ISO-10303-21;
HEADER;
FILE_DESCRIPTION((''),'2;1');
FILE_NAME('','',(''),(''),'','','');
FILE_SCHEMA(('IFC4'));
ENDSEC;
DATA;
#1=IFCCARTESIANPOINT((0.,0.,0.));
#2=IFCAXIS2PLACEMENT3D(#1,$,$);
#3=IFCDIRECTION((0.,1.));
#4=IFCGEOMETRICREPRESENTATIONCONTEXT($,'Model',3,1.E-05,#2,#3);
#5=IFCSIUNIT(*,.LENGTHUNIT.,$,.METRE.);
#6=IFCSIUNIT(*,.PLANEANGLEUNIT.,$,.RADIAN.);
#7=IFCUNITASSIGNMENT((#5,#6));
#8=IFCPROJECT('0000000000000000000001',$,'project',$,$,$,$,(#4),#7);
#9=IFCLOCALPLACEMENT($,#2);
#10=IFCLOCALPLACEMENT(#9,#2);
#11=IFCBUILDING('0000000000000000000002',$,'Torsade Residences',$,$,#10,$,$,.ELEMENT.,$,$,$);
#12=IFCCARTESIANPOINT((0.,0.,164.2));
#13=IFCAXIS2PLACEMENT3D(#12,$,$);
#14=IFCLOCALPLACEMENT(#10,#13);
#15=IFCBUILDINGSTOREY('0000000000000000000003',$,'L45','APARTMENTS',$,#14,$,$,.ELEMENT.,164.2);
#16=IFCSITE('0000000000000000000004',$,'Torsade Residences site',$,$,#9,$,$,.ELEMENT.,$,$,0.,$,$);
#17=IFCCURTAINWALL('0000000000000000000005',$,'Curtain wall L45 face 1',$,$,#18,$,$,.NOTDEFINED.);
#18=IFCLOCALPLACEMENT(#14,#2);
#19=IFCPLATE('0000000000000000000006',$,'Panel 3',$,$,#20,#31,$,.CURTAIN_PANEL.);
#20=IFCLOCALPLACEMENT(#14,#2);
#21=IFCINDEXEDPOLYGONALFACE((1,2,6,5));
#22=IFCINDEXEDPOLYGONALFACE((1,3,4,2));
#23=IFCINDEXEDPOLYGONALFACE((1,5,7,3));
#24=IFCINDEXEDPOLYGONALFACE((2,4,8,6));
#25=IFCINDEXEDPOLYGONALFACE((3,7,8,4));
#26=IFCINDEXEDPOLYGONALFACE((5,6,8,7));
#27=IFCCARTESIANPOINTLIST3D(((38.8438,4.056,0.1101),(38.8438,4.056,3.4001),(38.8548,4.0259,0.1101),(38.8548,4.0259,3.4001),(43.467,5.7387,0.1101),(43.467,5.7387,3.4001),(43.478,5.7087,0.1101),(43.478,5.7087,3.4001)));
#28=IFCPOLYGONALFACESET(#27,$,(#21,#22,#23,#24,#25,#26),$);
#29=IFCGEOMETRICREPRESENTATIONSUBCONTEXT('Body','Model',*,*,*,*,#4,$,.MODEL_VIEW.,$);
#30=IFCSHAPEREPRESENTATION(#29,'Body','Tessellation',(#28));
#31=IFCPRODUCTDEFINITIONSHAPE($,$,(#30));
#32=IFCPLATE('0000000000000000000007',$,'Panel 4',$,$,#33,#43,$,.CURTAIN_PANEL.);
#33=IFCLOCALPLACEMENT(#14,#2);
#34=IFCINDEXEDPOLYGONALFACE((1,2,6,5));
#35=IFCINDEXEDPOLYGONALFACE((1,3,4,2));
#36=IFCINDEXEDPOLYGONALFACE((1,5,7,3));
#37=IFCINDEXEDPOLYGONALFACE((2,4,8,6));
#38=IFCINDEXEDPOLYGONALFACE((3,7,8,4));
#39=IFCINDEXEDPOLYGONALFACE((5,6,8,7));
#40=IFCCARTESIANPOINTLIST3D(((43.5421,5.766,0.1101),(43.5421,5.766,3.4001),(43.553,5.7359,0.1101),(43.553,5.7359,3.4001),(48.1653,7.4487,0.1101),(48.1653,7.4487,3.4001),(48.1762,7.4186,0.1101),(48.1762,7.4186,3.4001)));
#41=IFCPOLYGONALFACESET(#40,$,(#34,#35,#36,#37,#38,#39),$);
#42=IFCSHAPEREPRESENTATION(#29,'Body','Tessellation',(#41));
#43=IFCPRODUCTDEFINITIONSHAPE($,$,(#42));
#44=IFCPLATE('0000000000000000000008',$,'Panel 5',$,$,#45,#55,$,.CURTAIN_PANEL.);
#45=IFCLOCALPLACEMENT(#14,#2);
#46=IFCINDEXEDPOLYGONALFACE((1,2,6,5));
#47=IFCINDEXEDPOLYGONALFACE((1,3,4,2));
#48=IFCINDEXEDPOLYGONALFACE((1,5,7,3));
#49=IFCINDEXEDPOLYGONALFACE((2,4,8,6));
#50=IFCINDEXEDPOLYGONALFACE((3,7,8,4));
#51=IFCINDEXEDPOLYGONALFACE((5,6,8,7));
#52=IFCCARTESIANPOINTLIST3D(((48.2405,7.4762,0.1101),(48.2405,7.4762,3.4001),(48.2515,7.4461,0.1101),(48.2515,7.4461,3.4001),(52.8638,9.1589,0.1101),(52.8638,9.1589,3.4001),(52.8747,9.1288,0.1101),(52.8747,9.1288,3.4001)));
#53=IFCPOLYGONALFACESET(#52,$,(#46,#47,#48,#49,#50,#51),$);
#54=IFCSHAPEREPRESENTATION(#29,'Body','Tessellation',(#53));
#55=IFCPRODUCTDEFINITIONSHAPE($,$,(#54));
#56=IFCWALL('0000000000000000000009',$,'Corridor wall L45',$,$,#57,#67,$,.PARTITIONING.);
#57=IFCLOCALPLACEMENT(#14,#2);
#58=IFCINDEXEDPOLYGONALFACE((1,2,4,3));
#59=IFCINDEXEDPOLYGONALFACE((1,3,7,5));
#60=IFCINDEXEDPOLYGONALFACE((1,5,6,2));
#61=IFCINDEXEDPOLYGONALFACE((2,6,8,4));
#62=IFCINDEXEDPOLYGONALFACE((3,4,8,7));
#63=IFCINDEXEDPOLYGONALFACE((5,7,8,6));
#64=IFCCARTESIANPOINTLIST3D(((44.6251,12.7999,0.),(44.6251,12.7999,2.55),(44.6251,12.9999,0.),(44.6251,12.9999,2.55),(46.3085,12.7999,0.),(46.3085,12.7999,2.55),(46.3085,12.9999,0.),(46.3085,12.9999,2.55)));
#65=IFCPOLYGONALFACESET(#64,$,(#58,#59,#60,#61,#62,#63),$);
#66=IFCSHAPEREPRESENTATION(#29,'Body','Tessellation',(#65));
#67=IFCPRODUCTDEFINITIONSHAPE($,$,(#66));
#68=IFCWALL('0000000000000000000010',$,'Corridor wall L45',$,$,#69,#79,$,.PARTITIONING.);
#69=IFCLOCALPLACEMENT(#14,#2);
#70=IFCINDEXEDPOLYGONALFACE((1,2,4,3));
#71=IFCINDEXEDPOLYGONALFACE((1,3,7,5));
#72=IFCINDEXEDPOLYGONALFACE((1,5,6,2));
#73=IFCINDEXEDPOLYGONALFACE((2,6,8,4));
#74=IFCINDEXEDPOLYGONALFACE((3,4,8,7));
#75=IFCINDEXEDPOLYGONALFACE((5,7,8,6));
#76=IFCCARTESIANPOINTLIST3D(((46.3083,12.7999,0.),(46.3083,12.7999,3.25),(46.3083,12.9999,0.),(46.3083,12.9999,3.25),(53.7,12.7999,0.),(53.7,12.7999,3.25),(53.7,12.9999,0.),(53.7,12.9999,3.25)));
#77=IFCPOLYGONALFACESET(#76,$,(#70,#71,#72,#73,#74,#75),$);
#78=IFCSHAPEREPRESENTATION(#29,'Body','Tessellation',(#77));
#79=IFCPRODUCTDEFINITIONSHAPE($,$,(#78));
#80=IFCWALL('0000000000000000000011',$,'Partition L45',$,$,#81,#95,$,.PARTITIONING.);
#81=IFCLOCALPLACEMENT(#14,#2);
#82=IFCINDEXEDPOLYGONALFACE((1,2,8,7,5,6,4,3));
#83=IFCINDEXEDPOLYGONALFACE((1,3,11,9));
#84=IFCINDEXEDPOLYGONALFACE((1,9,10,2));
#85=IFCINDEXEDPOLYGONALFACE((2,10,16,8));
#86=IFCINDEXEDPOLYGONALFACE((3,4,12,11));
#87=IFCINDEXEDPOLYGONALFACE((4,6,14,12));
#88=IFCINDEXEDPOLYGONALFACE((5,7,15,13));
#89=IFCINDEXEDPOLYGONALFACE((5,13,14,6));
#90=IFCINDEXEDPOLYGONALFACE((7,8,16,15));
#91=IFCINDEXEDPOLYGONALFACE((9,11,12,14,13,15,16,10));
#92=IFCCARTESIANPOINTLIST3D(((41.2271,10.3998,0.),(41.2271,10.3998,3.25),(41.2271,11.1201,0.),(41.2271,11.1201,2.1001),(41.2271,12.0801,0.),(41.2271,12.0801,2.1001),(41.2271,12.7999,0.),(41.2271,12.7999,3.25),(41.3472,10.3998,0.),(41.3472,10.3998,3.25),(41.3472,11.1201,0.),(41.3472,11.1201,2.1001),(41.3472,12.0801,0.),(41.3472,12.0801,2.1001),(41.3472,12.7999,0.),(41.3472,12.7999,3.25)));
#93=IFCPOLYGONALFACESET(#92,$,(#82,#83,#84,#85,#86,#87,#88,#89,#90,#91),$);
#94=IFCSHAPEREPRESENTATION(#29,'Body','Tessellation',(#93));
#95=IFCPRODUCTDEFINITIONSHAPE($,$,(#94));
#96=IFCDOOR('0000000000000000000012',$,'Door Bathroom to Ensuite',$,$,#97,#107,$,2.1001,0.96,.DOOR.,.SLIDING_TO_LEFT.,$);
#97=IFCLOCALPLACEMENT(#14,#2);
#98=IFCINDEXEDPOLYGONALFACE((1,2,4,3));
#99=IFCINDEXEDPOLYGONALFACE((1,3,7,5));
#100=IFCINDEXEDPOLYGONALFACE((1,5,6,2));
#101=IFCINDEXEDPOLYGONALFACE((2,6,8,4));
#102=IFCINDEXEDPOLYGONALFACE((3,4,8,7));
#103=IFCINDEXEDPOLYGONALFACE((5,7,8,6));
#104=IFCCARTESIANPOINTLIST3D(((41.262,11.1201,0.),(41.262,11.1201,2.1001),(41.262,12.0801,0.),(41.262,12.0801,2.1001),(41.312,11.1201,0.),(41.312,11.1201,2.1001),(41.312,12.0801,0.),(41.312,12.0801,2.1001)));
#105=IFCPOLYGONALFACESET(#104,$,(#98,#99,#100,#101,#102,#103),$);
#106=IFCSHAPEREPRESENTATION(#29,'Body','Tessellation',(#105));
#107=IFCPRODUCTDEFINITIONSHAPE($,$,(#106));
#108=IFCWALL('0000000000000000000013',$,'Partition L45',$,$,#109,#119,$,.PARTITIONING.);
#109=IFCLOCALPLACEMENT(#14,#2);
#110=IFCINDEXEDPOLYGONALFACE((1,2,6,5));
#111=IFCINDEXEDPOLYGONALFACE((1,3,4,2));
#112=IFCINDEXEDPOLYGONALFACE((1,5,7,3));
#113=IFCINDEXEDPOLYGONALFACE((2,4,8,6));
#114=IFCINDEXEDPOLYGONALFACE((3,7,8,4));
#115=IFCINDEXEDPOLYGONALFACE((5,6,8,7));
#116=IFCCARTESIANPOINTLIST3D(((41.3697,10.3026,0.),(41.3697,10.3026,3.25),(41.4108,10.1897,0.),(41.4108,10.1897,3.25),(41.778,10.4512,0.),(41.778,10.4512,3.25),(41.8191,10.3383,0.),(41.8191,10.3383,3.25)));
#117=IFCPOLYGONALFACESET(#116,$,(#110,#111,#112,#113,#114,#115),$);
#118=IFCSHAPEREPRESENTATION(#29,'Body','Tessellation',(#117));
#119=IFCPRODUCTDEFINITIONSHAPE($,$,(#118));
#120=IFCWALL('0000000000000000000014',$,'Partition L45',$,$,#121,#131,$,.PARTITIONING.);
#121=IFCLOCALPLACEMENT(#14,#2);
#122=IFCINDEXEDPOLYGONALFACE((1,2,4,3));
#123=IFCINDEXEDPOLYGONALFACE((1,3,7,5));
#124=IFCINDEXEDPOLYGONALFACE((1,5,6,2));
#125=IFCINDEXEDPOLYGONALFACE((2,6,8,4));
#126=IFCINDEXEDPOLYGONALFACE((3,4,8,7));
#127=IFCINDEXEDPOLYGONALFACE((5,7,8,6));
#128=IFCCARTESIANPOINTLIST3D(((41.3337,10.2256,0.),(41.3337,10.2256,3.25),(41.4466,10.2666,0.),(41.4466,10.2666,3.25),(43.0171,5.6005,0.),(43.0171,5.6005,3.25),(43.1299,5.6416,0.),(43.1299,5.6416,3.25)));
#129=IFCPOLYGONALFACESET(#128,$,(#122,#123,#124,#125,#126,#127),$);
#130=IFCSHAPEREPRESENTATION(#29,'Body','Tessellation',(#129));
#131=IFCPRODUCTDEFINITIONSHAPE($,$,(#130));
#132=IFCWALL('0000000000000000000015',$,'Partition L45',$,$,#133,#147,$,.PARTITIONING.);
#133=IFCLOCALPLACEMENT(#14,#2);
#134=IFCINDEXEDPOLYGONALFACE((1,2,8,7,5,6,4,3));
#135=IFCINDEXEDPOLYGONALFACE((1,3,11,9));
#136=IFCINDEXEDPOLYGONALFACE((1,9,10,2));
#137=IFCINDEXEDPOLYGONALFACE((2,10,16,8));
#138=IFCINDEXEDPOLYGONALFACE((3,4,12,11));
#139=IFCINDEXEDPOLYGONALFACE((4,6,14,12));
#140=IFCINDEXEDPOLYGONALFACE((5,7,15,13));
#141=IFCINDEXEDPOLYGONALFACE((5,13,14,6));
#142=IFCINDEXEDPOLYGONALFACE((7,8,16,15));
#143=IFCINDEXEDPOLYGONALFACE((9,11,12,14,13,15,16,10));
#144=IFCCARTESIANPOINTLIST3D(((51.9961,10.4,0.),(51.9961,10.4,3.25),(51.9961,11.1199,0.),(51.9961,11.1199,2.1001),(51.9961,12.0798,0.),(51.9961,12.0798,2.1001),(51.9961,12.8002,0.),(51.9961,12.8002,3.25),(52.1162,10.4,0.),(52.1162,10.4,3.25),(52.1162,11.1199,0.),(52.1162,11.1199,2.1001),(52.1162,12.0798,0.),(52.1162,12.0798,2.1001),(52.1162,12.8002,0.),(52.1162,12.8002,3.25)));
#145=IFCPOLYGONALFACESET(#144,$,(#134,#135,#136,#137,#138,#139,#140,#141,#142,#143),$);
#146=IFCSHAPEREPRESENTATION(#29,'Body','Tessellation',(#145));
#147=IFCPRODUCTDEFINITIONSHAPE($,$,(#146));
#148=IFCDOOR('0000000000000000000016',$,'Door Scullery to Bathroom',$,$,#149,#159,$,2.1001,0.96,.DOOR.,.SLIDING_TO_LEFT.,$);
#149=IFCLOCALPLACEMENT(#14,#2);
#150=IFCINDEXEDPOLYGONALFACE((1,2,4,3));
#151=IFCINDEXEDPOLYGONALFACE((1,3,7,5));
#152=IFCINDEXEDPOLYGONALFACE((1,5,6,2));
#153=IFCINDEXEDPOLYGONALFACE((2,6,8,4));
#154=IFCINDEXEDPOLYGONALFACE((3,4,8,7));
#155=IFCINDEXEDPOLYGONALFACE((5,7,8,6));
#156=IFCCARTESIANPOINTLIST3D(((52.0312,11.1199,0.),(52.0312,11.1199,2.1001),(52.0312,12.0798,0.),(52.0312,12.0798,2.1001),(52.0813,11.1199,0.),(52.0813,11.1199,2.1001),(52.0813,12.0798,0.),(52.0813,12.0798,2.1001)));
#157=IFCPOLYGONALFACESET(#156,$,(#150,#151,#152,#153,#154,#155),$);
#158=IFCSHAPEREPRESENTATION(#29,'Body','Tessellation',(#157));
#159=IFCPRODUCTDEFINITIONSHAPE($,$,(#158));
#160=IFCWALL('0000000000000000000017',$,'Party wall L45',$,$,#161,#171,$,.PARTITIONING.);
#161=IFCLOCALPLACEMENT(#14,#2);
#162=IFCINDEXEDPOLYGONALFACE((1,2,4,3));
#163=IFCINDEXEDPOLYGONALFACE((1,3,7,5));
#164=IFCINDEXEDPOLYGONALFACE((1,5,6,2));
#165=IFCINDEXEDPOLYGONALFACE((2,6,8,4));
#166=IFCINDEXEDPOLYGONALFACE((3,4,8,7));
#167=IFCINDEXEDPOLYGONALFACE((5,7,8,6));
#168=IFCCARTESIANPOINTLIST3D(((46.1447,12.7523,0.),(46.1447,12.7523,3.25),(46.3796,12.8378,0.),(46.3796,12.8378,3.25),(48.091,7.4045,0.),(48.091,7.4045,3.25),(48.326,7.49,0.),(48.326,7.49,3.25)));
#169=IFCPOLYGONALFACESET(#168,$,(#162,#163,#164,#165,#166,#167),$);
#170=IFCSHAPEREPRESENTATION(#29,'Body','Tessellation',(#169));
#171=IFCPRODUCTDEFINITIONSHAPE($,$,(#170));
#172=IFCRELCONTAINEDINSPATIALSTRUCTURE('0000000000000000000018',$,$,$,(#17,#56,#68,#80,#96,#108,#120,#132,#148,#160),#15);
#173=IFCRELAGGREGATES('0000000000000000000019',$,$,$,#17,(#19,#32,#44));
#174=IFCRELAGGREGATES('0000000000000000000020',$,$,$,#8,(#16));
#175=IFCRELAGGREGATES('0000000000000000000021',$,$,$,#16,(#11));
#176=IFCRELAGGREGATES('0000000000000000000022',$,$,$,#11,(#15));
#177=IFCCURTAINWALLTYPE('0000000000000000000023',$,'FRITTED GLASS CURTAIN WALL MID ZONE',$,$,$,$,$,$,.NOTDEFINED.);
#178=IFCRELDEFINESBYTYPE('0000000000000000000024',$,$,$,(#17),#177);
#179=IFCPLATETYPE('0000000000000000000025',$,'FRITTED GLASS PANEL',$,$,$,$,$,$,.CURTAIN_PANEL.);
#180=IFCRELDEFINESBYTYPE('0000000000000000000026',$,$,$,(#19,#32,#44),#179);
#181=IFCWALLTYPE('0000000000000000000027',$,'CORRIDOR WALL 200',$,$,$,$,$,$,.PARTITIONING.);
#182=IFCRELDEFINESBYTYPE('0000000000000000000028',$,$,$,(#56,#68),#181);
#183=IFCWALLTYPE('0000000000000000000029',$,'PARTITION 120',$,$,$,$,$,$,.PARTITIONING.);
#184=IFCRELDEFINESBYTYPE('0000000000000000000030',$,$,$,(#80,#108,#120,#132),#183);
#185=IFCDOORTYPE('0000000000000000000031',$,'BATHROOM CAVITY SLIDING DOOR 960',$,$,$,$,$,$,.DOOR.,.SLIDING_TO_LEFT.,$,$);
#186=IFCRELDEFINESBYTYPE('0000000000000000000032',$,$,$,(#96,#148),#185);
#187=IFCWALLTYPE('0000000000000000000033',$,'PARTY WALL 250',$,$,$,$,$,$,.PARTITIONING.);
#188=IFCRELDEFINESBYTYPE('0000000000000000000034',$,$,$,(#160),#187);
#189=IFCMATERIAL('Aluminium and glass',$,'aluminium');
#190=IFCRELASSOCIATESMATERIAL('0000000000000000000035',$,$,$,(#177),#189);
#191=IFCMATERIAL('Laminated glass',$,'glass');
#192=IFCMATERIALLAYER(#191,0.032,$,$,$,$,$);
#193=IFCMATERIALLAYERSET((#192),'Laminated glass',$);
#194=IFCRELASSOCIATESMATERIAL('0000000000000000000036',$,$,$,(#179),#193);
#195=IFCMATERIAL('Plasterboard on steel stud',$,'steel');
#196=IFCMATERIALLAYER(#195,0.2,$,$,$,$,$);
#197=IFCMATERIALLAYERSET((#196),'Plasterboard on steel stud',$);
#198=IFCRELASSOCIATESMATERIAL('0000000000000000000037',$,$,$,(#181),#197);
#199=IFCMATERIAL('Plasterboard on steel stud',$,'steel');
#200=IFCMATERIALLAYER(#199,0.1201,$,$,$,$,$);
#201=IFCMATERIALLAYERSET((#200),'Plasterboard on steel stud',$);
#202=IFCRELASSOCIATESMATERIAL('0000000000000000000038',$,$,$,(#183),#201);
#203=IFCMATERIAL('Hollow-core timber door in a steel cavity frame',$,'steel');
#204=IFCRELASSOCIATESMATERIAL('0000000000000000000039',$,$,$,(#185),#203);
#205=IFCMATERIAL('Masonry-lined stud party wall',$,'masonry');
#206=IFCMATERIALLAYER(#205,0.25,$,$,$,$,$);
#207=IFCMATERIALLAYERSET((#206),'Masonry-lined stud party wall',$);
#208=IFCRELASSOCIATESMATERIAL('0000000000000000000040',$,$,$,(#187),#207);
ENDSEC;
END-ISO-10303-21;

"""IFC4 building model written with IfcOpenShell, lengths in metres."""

from ifc_helpers import new_model, si_unit, direction, frame, frame_2d, origin, origin_2d, place, context, subcontext, project, spatial, rectangle, extrude, material, layer, layer_set, type_object, element, fill, aggregate, save


model = new_model("IFC4")

# Units and contexts
model_context = context("Model", 3, precision=1e-05, world=origin(), true_north=direction((0.0, 1.0)))
body_context = subcontext(model_context, "Body", "Model", "MODEL_VIEW")
ifc_project = project(units=[si_unit("LENGTHUNIT", "METRE"), si_unit("PLANEANGLEUNIT", "RADIAN")], contexts=[model_context])

# Site, building, storey
site_placement = place(None, origin())
site = spatial("IfcSite", under=ifc_project, at=site_placement, Name="Torsade Residences site", CompositionType="ELEMENT", RefElevation=0.0)
building_placement = place(site_placement, origin())
building = spatial("IfcBuilding", under=site, at=building_placement, Name="Torsade Residences", CompositionType="ELEMENT")
storey_placement = place(building_placement, frame((0.0, 0.0, 164.2)))
storey = spatial("IfcBuildingStorey", under=building, at=storey_placement, Name="L45", Description="APARTMENTS", CompositionType="ELEMENT", Elevation=164.2)

# Curtain wall
ifc_material_1 = material(Name="Aluminium and glass", Category="aluminium")
curtain_wall_type = type_object("IfcCurtainWallType", Name="FRITTED GLASS CURTAIN WALL MID ZONE", PredefinedType="NOTDEFINED", material=ifc_material_1)
curtain_wall_placement = place(storey_placement, origin())
curtain_wall = element("IfcCurtainWall", 1, at=curtain_wall_placement, inside=storey, type_object=curtain_wall_type, Name="Curtain wall L45 face 1", PredefinedType="NOTDEFINED")

# Plates
ifc_material_2 = material(Name="Laminated glass", Category="glass")
ifc_layer_1 = layer(ifc_material_2, 0.032)
ifc_layer_set_1 = layer_set([ifc_layer_1], Name="Laminated glass")
plate_type = type_object("IfcPlateType", Name="FRITTED GLASS PANEL", PredefinedType="CURTAIN_PANEL", material=ifc_layer_set_1)
plate_1_placement = place(storey_placement, frame((41.1609, 4.8823, 0.1101), z_axis=(0.0, 0.0, 1.0), x_axis=(0.939693, 0.34202, 0.0)))
plate_1 = element("IfcPlate", 2, at=plate_1_placement, type_object=plate_type, Name="Panel 3", PredefinedType="CURTAIN_PANEL", context=body_context, shape_type="SweptSolid", body=[
    extrude(rectangle(XDim=4.9199, YDim=0.032, at=origin_2d()), origin(), (0.0, 0.0, 1.0), 3.29),
])
plate_2_placement = place(storey_placement, frame((45.8591, 6.5923, 0.1101), z_axis=(0.0, 0.0, 1.0), x_axis=(0.939693, 0.34202, 0.0)))
plate_2 = element("IfcPlate", 3, at=plate_2_placement, type_object=plate_type, Name="Panel 4", PredefinedType="CURTAIN_PANEL", context=body_context, shape_type="SweptSolid", body=[
    extrude(rectangle(XDim=4.9199, YDim=0.032, at=origin_2d()), origin(), (0.0, 0.0, 1.0), 3.29),
])
plate_3_placement = place(storey_placement, frame((50.5576, 8.3025, 0.1101), z_axis=(0.0, 0.0, 1.0), x_axis=(0.939693, 0.34202, 0.0)))
plate_3 = element("IfcPlate", 4, at=plate_3_placement, type_object=plate_type, Name="Panel 5", PredefinedType="CURTAIN_PANEL", context=body_context, shape_type="SweptSolid", body=[
    extrude(rectangle(XDim=4.9199, YDim=0.032, at=origin_2d()), origin(), (0.0, 0.0, 1.0), 3.29),
])
aggregate(curtain_wall, [plate_1, plate_2, plate_3])

# Walls
ifc_material_3 = material(Name="Plasterboard on steel stud", Category="steel")
ifc_layer_2 = layer(ifc_material_3, 0.2)
ifc_layer_set_2 = layer_set([ifc_layer_2], Name="Plasterboard on steel stud")
wall_type_1 = type_object("IfcWallType", Name="CORRIDOR WALL 200", PredefinedType="PARTITIONING", material=ifc_layer_set_2)
wall_1_placement = place(storey_placement, frame((44.625, 12.8999, 0.0), z_axis=(0.0, 0.0, 1.0), x_axis=(1.0, 0.0, 0.0)))
element("IfcWall", 5, at=wall_1_placement, inside=storey, type_object=wall_type_1, Name="Corridor wall L45", PredefinedType="PARTITIONING", context=body_context, shape_type="SweptSolid", body=[
    extrude(rectangle(XDim=1.6833, YDim=0.2, at=frame_2d((0.8418, 0.0))), origin(), (0.0, 0.0, 1.0), 2.55),
])
wall_2_placement = place(storey_placement, frame((46.3083, 12.8999, 0.0), z_axis=(0.0, 0.0, 1.0), x_axis=(1.0, 0.0, 0.0)))
element("IfcWall", 6, at=wall_2_placement, inside=storey, type_object=wall_type_1, Name="Corridor wall L45", PredefinedType="PARTITIONING", context=body_context, shape_type="SweptSolid", body=[
    extrude(rectangle(XDim=7.3916, YDim=0.2, at=frame_2d((3.6958, 0.0))), origin(), (0.0, 0.0, 1.0), 3.25),
])

# Wall, opening, door
ifc_material_4 = material(Name="Plasterboard on steel stud", Category="steel")
ifc_layer_3 = layer(ifc_material_4, 0.1201)
ifc_layer_set_3 = layer_set([ifc_layer_3], Name="Plasterboard on steel stud")
wall_type_2 = type_object("IfcWallType", Name="PARTITION 120", PredefinedType="PARTITIONING", material=ifc_layer_set_3)
wall_3_placement = place(storey_placement, frame((41.2871, 12.8, 0.0), z_axis=(0.0, 0.0, 1.0), x_axis=(0.0, -1.0, 0.0)))
wall_3 = element("IfcWall", 7, at=wall_3_placement, inside=storey, type_object=wall_type_2, Name="Partition L45", PredefinedType="PARTITIONING", context=body_context, shape_type="SweptSolid", body=[
    extrude(rectangle(XDim=2.4001, YDim=0.1201, at=frame_2d((1.2002, 0.0))), origin(), (0.0, 0.0, 1.0), 3.25),
])
opening_1_placement = place(wall_3_placement, frame((0.72, 0.0, 0.0)))
opening_1 = element("IfcOpeningElement", 8, at=opening_1_placement, cuts=wall_3, PredefinedType="OPENING", context=body_context, shape_type="SweptSolid", body=[
    extrude(rectangle(XDim=0.96, YDim=2.1001, at=frame_2d((0.48, 1.05))), frame((0.0, 0.0701, 0.0), z_axis=(0.0, -1.0, 0.0), x_axis=(1.0, 0.0, 0.0)), (0.0, 0.0, 1.0), 0.1401),
])
ifc_material_5 = material(Name="Hollow-core timber door in a steel cavity frame", Category="steel")
door_type = type_object("IfcDoorType", Name="BATHROOM CAVITY SLIDING DOOR 960", OperationType="SLIDING_TO_LEFT", PredefinedType="DOOR", material=ifc_material_5)
door_1_placement = place(opening_1_placement, origin())
door_1 = element("IfcDoor", 9, at=door_1_placement, inside=storey, type_object=door_type, Name="Door Bathroom to Ensuite", OperationType="SLIDING_TO_LEFT", OverallHeight=2.1001, OverallWidth=0.96, PredefinedType="DOOR", context=body_context, shape_type="SweptSolid", body=[
    extrude(rectangle(XDim=0.96, YDim=2.1001, at=frame_2d((0.48, 1.05))), frame((0.0, 0.0249, 0.0), z_axis=(0.0, -1.0, 0.0), x_axis=(1.0, 0.0, 0.0)), (0.0, 0.0, 1.0), 0.05),
])
fill(opening_1, door_1)

# Walls
wall_4_placement = place(storey_placement, frame((41.7986, 10.3948, 0.0), z_axis=(0.0, 0.0, 1.0), x_axis=(-0.939679, -0.342059, 0.0)))
element("IfcWall", 10, at=wall_4_placement, inside=storey, type_object=wall_type_2, Name="Partition L45", PredefinedType="PARTITIONING", context=body_context, shape_type="SweptSolid", body=[
    extrude(rectangle(XDim=0.4346, YDim=0.1201, at=frame_2d((0.2173, 0.0))), origin(), (0.0, 0.0, 1.0), 3.25),
])
wall_5_placement = place(storey_placement, frame((41.3901, 10.2461, 0.0), z_axis=(0.0, 0.0, 1.0), x_axis=(0.342018, -0.939693, 0.0)))
element("IfcWall", 11, at=wall_5_placement, inside=storey, type_object=wall_type_2, Name="Partition L45", PredefinedType="PARTITIONING", context=body_context, shape_type="SweptSolid", body=[
    extrude(rectangle(XDim=4.9219, YDim=0.1201, at=frame_2d((2.4609, 0.0))), origin(), (0.0, 0.0, 1.0), 3.25),
])

# Wall, opening, door
wall_6_placement = place(storey_placement, frame((52.0562, 10.3999, 0.0), z_axis=(0.0, 0.0, 1.0), x_axis=(0.0, 1.0, 0.0)))
wall_6 = element("IfcWall", 12, at=wall_6_placement, inside=storey, type_object=wall_type_2, Name="Partition L45", PredefinedType="PARTITIONING", context=body_context, shape_type="SweptSolid", body=[
    extrude(rectangle(XDim=2.4001, YDim=0.1201, at=frame_2d((1.2002, 0.0))), origin(), (0.0, 0.0, 1.0), 3.25),
])
opening_2_placement = place(wall_6_placement, frame((0.72, 0.0, 0.0)))
opening_2 = element("IfcOpeningElement", 13, at=opening_2_placement, cuts=wall_6, PredefinedType="OPENING", context=body_context, shape_type="SweptSolid", body=[
    extrude(rectangle(XDim=0.96, YDim=2.1001, at=frame_2d((0.48, 1.05))), frame((0.0, 0.0701, 0.0), z_axis=(0.0, -1.0, 0.0), x_axis=(1.0, 0.0, 0.0)), (0.0, 0.0, 1.0), 0.1401),
])
door_2_placement = place(opening_2_placement, origin())
door_2 = element("IfcDoor", 14, at=door_2_placement, inside=storey, type_object=door_type, Name="Door Scullery to Bathroom", OperationType="SLIDING_TO_LEFT", OverallHeight=2.1001, OverallWidth=0.96, PredefinedType="DOOR", context=body_context, shape_type="SweptSolid", body=[
    extrude(rectangle(XDim=0.96, YDim=2.1001, at=frame_2d((0.48, 1.05))), frame((0.0, 0.0249, 0.0), z_axis=(0.0, -1.0, 0.0), x_axis=(1.0, 0.0, 0.0)), (0.0, 0.0, 1.0), 0.05),
])
fill(opening_2, door_2)

# Wall
ifc_material_6 = material(Name="Masonry-lined stud party wall", Category="masonry")
ifc_layer_4 = layer(ifc_material_6, 0.25)
ifc_layer_set_4 = layer_set([ifc_layer_4], Name="Masonry-lined stud party wall")
wall_type_3 = type_object("IfcWallType", Name="PARTY WALL 250", PredefinedType="PARTITIONING", material=ifc_layer_set_4)
wall_7_placement = place(storey_placement, frame((48.2085, 7.4473, 0.0), z_axis=(0.0, 0.0, 1.0), x_axis=(-0.342005, 0.939698, 0.0)))
element("IfcWall", 15, at=wall_7_placement, inside=storey, type_object=wall_type_3, Name="Party wall L45", PredefinedType="PARTITIONING", context=body_context, shape_type="SweptSolid", body=[
    extrude(rectangle(XDim=5.6909, YDim=0.25, at=frame_2d((2.8455, 0.0))), origin(), (0.0, 0.0, 1.0), 3.25),
])

save(model, "model.ifc")
